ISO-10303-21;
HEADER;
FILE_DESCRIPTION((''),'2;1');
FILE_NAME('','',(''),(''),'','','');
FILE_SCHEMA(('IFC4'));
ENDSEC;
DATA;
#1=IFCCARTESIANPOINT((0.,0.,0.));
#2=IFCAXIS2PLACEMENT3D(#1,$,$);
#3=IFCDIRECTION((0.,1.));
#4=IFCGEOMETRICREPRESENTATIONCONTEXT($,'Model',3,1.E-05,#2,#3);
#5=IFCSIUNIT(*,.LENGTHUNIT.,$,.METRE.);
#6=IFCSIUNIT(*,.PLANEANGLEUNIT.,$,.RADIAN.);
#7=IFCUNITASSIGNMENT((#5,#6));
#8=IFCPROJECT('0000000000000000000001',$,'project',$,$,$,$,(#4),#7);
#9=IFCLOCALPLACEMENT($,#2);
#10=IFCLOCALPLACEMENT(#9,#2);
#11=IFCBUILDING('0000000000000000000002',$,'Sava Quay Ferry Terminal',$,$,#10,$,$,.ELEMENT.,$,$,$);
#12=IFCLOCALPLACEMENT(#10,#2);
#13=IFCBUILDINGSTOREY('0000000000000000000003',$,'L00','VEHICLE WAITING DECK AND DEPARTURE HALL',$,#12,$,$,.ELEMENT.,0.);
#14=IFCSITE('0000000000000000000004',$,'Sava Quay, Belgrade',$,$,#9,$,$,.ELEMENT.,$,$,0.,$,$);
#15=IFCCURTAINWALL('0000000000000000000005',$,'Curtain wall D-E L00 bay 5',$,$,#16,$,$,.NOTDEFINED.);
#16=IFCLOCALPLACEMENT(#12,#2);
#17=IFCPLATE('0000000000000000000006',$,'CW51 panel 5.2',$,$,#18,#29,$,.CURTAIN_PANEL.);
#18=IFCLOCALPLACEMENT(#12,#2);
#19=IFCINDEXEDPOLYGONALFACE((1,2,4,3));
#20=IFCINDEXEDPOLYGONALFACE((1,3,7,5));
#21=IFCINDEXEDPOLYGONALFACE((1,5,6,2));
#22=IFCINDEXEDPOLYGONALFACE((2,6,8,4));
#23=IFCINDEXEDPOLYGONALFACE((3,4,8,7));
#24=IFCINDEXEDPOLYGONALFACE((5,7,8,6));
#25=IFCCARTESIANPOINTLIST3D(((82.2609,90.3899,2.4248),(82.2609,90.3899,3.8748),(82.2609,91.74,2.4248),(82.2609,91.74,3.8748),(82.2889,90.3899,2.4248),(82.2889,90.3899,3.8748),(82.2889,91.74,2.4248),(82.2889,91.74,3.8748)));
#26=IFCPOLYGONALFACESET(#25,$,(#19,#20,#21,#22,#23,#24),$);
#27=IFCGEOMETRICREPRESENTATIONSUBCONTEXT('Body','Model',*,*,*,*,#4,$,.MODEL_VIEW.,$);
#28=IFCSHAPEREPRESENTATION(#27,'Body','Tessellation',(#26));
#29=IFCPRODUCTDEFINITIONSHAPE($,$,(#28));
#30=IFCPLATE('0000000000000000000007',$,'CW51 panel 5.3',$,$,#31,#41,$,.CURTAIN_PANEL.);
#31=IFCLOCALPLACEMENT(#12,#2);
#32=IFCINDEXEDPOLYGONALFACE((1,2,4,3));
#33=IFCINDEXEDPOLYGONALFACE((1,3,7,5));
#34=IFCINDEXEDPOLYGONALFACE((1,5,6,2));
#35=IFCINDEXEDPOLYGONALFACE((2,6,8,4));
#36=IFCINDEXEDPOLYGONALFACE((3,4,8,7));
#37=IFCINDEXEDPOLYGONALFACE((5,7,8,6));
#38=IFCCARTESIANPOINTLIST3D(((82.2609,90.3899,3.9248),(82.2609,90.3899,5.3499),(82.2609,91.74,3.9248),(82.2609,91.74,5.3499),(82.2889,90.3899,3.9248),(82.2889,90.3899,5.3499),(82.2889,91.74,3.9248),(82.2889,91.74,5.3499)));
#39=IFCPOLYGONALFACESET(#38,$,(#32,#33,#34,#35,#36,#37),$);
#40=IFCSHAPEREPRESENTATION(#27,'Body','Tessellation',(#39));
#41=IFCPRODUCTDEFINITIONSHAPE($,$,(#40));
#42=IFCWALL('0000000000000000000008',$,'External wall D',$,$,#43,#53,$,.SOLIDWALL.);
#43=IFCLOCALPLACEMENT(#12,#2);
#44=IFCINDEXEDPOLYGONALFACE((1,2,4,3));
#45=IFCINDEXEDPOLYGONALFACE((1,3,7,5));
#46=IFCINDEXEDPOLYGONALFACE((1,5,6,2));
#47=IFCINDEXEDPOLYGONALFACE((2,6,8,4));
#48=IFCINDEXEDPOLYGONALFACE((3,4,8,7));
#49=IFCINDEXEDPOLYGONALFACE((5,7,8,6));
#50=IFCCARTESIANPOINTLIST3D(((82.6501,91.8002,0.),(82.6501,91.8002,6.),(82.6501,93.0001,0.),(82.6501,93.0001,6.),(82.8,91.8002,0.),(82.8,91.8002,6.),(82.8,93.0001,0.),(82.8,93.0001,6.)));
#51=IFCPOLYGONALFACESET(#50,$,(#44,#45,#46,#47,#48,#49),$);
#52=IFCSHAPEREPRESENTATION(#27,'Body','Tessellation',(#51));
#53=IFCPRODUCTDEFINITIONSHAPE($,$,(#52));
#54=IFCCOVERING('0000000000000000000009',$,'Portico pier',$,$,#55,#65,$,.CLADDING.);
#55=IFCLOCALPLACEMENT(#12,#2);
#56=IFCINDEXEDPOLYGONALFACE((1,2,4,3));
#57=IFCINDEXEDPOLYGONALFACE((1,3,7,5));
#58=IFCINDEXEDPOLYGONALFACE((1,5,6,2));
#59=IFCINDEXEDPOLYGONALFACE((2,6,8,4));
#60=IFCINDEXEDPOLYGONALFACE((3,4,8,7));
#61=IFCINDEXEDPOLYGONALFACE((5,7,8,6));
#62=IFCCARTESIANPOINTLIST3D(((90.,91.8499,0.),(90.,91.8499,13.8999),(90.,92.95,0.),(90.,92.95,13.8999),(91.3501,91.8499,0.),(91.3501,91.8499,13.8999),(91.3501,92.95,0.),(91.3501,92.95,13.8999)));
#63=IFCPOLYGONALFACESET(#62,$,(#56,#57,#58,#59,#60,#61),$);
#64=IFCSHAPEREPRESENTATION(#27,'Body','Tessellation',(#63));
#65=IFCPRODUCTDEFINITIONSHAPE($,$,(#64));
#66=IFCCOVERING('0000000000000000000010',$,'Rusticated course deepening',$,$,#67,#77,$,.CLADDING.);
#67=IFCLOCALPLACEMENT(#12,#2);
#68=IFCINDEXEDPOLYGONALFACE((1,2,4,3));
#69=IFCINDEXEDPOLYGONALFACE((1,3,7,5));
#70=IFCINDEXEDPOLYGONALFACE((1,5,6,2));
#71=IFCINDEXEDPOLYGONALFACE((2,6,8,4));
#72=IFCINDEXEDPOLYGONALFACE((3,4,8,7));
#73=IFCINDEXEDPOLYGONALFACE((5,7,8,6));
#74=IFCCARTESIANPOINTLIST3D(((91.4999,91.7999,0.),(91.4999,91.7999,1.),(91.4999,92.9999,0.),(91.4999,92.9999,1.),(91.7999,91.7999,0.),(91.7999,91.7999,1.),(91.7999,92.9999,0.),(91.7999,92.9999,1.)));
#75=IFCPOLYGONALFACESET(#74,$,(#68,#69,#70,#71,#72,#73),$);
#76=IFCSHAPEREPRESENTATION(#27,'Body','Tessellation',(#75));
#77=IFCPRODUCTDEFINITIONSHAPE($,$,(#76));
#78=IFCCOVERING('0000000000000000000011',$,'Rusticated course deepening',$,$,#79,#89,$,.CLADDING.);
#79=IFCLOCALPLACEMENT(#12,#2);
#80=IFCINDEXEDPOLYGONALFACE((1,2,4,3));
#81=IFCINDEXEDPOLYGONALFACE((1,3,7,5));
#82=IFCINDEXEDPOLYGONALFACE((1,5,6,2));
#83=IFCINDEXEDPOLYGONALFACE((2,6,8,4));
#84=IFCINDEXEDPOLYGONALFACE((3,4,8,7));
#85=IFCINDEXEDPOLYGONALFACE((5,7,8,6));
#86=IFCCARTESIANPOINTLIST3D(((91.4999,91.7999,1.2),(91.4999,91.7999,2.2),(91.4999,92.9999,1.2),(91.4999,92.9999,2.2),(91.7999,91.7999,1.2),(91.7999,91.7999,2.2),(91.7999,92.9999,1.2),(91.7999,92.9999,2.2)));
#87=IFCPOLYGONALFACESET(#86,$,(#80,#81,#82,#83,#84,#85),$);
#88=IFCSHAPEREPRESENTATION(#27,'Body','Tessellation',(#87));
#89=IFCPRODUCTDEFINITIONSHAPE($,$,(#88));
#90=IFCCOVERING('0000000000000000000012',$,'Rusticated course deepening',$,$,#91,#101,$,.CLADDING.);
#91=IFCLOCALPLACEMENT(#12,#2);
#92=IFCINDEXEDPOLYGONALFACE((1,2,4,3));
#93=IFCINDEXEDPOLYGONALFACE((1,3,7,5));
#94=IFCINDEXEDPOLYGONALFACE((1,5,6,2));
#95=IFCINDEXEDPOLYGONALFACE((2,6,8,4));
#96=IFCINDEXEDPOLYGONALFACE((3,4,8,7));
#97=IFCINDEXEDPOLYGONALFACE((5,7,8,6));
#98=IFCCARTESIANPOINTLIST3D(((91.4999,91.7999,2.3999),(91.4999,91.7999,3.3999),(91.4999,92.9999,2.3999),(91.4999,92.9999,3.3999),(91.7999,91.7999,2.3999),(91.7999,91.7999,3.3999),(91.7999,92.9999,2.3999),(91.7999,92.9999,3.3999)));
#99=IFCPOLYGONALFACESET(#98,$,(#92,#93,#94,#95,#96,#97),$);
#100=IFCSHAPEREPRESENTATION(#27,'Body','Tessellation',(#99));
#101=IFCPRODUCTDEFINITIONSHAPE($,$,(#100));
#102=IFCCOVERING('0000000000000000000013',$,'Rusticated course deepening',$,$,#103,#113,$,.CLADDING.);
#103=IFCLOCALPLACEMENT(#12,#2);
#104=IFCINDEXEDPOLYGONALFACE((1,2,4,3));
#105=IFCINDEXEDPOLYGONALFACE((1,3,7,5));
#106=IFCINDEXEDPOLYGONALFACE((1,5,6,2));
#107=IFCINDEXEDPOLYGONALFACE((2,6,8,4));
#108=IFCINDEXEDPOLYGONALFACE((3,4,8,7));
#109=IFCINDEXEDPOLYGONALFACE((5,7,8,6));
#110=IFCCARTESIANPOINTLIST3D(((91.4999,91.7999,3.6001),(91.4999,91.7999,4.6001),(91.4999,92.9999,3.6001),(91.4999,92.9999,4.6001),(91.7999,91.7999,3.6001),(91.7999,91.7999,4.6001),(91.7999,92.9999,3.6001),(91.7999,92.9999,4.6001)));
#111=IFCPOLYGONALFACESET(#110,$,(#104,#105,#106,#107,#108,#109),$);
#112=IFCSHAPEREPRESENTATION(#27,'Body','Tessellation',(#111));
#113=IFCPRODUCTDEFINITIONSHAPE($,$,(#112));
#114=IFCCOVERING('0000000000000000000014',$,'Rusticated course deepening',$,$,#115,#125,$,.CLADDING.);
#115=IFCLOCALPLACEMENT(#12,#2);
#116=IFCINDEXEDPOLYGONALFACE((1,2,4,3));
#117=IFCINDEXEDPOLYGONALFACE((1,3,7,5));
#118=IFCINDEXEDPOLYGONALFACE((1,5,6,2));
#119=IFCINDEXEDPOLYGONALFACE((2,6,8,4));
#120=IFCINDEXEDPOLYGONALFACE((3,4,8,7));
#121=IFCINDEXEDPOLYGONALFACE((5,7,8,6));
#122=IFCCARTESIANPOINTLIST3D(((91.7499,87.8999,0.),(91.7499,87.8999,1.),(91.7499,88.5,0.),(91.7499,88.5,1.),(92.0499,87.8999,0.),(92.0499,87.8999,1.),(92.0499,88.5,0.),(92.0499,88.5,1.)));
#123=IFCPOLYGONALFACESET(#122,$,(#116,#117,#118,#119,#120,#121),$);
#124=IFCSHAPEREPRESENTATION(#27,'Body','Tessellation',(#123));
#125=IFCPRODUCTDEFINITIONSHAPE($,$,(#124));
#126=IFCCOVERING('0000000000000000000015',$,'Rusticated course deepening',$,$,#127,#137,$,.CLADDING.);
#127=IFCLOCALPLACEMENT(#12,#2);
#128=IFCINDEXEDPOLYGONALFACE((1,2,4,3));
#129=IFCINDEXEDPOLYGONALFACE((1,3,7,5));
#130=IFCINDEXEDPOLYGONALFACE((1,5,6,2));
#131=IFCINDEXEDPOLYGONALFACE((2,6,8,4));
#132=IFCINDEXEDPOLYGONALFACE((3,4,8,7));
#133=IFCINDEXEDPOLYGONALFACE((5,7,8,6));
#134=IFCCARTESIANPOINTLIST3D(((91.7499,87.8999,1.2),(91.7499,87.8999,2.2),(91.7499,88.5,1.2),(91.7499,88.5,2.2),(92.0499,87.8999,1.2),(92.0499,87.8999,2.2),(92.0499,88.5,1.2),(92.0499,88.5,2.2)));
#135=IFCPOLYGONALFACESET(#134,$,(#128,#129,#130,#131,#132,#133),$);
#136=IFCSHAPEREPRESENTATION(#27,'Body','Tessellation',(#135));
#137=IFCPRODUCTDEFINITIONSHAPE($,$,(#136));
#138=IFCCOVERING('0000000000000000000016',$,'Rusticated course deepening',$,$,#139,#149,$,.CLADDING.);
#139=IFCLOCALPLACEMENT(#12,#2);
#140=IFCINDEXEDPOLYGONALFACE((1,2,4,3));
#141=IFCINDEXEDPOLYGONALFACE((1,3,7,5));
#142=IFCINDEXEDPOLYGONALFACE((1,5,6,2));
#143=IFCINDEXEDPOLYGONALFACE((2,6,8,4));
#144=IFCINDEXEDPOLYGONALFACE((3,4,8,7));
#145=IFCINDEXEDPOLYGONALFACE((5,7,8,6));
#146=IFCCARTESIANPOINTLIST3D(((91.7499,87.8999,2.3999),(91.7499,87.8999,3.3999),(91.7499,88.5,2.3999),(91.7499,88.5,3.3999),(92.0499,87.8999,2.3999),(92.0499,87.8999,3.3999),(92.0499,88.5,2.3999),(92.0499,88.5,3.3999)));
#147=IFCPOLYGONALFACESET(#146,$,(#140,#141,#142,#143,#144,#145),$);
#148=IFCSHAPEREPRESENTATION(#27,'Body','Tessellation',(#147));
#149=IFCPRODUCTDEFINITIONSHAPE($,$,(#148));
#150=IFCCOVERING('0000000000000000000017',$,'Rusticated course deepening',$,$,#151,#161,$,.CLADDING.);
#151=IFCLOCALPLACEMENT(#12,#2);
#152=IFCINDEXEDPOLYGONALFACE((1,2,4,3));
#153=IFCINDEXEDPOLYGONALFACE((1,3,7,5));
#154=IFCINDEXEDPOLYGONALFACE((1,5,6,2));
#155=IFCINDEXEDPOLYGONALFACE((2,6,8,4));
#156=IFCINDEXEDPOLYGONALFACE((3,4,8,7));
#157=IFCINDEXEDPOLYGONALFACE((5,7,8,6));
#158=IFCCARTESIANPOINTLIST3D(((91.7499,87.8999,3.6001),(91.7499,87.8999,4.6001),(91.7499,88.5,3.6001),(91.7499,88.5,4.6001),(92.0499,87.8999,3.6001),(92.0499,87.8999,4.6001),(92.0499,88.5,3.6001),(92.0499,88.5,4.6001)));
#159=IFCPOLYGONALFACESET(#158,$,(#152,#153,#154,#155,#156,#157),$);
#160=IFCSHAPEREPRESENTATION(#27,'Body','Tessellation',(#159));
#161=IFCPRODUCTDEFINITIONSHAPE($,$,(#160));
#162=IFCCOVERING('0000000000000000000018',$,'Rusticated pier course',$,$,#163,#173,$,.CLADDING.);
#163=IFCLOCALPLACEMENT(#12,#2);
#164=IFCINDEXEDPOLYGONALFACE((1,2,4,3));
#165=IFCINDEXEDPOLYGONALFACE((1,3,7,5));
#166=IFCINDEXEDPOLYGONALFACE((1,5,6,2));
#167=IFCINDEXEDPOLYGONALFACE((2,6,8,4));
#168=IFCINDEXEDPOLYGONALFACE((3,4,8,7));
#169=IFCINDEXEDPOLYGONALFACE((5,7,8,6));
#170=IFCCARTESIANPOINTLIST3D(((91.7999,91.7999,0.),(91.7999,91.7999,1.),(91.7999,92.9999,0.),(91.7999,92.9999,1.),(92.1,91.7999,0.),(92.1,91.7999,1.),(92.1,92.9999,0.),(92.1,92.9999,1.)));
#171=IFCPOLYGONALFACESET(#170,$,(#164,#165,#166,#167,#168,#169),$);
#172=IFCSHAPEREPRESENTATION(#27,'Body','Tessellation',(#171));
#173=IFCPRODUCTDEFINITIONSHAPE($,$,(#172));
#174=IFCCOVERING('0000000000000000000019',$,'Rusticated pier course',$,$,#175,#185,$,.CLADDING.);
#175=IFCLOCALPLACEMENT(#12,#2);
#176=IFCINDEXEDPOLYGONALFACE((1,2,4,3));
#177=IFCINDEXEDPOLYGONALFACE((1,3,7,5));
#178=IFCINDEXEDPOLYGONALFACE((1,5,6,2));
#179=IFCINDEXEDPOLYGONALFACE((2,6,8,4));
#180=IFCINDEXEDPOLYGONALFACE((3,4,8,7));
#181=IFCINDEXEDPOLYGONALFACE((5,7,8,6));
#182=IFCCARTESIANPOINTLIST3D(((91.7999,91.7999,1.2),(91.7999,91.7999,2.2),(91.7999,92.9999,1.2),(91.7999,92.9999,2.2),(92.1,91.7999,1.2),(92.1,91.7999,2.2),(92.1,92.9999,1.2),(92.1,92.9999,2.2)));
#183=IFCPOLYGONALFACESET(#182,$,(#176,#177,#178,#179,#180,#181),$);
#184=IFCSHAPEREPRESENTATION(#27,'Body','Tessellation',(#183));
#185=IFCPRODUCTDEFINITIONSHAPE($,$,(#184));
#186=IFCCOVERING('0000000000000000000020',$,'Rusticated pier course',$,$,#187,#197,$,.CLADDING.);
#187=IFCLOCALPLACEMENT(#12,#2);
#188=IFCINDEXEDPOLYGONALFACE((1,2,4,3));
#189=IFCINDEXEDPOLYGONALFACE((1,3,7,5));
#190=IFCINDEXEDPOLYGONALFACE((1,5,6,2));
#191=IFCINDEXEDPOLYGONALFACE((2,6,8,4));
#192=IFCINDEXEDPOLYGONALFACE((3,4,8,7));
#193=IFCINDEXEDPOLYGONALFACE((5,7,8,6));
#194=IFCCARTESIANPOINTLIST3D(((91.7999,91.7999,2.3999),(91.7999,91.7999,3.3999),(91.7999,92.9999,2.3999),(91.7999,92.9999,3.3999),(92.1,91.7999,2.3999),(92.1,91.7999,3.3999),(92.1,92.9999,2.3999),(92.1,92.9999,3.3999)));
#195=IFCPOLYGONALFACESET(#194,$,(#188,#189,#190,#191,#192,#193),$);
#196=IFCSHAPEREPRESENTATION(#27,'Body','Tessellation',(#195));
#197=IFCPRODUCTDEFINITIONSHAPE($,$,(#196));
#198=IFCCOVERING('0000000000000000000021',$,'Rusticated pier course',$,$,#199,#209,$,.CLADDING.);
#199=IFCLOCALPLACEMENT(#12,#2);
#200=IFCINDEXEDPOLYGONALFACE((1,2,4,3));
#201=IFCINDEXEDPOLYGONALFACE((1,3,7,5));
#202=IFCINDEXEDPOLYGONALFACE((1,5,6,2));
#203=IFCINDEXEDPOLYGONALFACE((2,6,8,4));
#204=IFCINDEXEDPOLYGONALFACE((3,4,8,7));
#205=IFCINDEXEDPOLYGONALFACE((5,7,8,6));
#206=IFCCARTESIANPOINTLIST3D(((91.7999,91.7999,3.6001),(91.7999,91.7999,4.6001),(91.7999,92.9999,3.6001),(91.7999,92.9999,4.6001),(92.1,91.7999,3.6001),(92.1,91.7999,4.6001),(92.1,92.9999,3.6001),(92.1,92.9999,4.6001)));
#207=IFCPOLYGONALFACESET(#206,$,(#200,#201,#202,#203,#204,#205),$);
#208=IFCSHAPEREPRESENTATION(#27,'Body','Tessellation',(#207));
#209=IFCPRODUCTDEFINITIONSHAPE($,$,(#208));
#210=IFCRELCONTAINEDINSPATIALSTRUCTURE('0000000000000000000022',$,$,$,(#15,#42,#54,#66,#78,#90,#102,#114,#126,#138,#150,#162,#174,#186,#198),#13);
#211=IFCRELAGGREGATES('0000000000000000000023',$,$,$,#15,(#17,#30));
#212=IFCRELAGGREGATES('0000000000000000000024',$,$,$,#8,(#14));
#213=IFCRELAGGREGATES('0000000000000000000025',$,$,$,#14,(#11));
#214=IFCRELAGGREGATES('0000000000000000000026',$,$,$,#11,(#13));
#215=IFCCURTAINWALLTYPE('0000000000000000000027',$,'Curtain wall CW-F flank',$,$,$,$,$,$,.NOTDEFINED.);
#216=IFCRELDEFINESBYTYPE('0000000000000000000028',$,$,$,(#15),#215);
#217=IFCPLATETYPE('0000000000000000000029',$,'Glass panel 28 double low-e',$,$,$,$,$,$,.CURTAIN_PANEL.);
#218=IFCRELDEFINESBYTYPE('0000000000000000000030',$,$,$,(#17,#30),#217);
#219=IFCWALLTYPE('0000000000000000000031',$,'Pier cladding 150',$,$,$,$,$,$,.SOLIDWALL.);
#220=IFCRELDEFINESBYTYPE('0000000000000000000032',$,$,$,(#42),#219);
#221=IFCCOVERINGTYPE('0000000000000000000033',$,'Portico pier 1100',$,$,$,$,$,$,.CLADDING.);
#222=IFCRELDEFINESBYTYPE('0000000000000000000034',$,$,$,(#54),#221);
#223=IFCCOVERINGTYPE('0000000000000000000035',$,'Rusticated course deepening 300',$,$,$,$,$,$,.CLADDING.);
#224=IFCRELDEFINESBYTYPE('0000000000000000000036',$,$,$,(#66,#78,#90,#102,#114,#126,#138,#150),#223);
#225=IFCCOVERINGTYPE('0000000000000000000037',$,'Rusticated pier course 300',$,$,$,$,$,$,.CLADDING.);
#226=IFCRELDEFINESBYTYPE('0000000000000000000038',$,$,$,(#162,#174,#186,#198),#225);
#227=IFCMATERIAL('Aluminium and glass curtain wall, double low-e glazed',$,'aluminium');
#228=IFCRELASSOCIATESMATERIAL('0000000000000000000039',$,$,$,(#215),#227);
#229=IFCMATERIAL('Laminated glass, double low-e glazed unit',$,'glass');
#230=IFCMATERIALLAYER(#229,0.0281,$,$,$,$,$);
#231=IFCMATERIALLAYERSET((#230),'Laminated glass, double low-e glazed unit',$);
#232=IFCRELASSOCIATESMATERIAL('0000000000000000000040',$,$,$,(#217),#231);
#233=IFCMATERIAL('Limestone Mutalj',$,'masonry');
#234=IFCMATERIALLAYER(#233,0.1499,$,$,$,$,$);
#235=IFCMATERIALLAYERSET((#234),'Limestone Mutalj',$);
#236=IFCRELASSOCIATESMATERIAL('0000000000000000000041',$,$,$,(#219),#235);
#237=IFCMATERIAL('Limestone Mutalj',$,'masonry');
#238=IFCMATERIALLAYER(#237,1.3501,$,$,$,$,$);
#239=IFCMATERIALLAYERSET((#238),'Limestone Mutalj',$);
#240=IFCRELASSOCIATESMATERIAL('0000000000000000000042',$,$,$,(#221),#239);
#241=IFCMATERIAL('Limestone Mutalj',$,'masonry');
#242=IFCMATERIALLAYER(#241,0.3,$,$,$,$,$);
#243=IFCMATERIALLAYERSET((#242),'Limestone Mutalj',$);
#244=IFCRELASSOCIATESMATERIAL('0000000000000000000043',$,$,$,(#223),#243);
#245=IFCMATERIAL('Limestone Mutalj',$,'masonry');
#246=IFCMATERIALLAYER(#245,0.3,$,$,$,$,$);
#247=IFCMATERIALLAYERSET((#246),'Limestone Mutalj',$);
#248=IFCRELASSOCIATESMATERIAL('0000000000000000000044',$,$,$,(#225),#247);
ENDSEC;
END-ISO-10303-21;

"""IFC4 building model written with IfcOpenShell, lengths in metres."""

from ifc_helpers import new_model, si_unit, direction, frame, frame_2d, origin, origin_2d, place, context, subcontext, project, spatial, rectangle, extrude, material, layer, layer_set, type_object, element, aggregate, save


model = new_model("IFC4")

# Units and contexts
model_context = context("Model", 3, precision=1e-05, world=origin(), true_north=direction((0.0, 1.0)))
body_context = subcontext(model_context, "Body", "Model", "MODEL_VIEW")
ifc_project = project(units=[si_unit("LENGTHUNIT", "METRE"), si_unit("PLANEANGLEUNIT", "RADIAN")], contexts=[model_context])

# Site, building, storey
site_placement = place(None, origin())
site = spatial("IfcSite", under=ifc_project, at=site_placement, Name="Sava Quay, Belgrade", CompositionType="ELEMENT", RefElevation=0.0)
building_placement = place(site_placement, origin())
building = spatial("IfcBuilding", under=site, at=building_placement, Name="Sava Quay Ferry Terminal", CompositionType="ELEMENT")
storey_placement = place(building_placement, origin())
storey = spatial("IfcBuildingStorey", under=building, at=storey_placement, Name="L00", Description="VEHICLE WAITING DECK AND DEPARTURE HALL", CompositionType="ELEMENT", Elevation=0.0)

# Curtain wall
ifc_material_1 = material(Name="Aluminium and glass curtain wall, double low-e glazed", Category="aluminium")
curtain_wall_type = type_object("IfcCurtainWallType", Name="Curtain wall CW-F flank", PredefinedType="NOTDEFINED", material=ifc_material_1)
curtain_wall_placement = place(storey_placement, origin())
curtain_wall = element("IfcCurtainWall", 1, at=curtain_wall_placement, inside=storey, type_object=curtain_wall_type, Name="Curtain wall D-E L00 bay 5", PredefinedType="NOTDEFINED")

# Plates
ifc_material_2 = material(Name="Laminated glass, double low-e glazed unit", Category="glass")
ifc_layer_1 = layer(ifc_material_2, 0.0281)
ifc_layer_set_1 = layer_set([ifc_layer_1], Name="Laminated glass, double low-e glazed unit")
plate_type = type_object("IfcPlateType", Name="Glass panel 28 double low-e", PredefinedType="CURTAIN_PANEL", material=ifc_layer_set_1)
plate_1_placement = place(storey_placement, frame((82.2749, 91.0649, 2.4248), z_axis=(0.0, 0.0, 1.0), x_axis=(0.0, 1.0, 0.0)))
plate_1 = element("IfcPlate", 2, at=plate_1_placement, type_object=plate_type, Name="CW51 panel 5.2", PredefinedType="CURTAIN_PANEL", context=body_context, shape_type="SweptSolid", body=[
    extrude(rectangle(XDim=1.3501, YDim=0.0281, at=origin_2d()), origin(), (0.0, 0.0, 1.0), 1.45),
])
plate_2_placement = place(storey_placement, frame((82.2749, 91.0649, 3.9248), z_axis=(0.0, 0.0, 1.0), x_axis=(0.0, 1.0, 0.0)))
plate_2 = element("IfcPlate", 3, at=plate_2_placement, type_object=plate_type, Name="CW51 panel 5.3", PredefinedType="CURTAIN_PANEL", context=body_context, shape_type="SweptSolid", body=[
    extrude(rectangle(XDim=1.3501, YDim=0.0281, at=origin_2d()), origin(), (0.0, 0.0, 1.0), 1.425),
])
aggregate(curtain_wall, [plate_1, plate_2])

# Wall
ifc_material_3 = material(Name="Limestone Mutalj", Category="masonry")
ifc_layer_2 = layer(ifc_material_3, 0.1499)
ifc_layer_set_2 = layer_set([ifc_layer_2], Name="Limestone Mutalj")
wall_type = type_object("IfcWallType", Name="Pier cladding 150", PredefinedType="SOLIDWALL", material=ifc_layer_set_2)
wall_placement = place(storey_placement, frame((82.7251, 91.8, 0.0), z_axis=(0.0, 0.0, 1.0), x_axis=(0.0, 1.0, 0.0)))
element("IfcWall", 4, at=wall_placement, inside=storey, type_object=wall_type, Name="External wall D", PredefinedType="SOLIDWALL", context=body_context, shape_type="SweptSolid", body=[
    extrude(rectangle(XDim=1.2, YDim=0.1499, at=frame_2d((0.6001, 0.0))), origin(), (0.0, 0.0, 1.0), 6.0),
])

# Coverings
ifc_material_4 = material(Name="Limestone Mutalj", Category="masonry")
ifc_layer_3 = layer(ifc_material_4, 1.3501)
ifc_layer_set_3 = layer_set([ifc_layer_3], Name="Limestone Mutalj")
covering_type_1 = type_object("IfcCoveringType", Name="Portico pier 1100", PredefinedType="CLADDING", material=ifc_layer_set_3)
covering_placement = place(storey_placement, frame((90.675, 92.3999, 0.0), z_axis=(0.0, 0.0, 1.0), x_axis=(1.0, 0.0, 0.0)))
element("IfcCovering", 5, at=covering_placement, inside=storey, type_object=covering_type_1, Name="Portico pier", PredefinedType="CLADDING", context=body_context, shape_type="SweptSolid", body=[
    extrude(rectangle(XDim=1.3501, YDim=1.1001, at=origin_2d()), origin(), (0.0, 0.0, 1.0), 13.8999),
])
ifc_material_5 = material(Name="Limestone Mutalj", Category="masonry")
ifc_layer_4 = layer(ifc_material_5, 0.3)
ifc_layer_set_4 = layer_set([ifc_layer_4], Name="Limestone Mutalj")
covering_type_2 = type_object("IfcCoveringType", Name="Rusticated course deepening 300", PredefinedType="CLADDING", material=ifc_layer_set_4)
for number, where, z_axis, x_axis, name in (
    (6, (91.6499, 92.3999, 0.0), (0.0, 0.0, 1.0), (1.0, 0.0, 0.0), "Rusticated course deepening"),
    (7, (91.6499, 92.3999, 1.2), (0.0, 0.0, 1.0), (1.0, 0.0, 0.0), "Rusticated course deepening"),
    (8, (91.6499, 92.3999, 2.3999), (0.0, 0.0, 1.0), (1.0, 0.0, 0.0), "Rusticated course deepening"),
    (9, (91.6499, 92.3999, 3.6001), (0.0, 0.0, 1.0), (1.0, 0.0, 0.0), "Rusticated course deepening"),
):
    element("IfcCovering", number, at=place(storey_placement, frame(where, z_axis=z_axis, x_axis=x_axis)), inside=storey, type_object=covering_type_2, Name=name, PredefinedType="CLADDING", context=body_context, shape_type="SweptSolid", body=[
        extrude(rectangle(XDim=0.3, YDim=1.2, at=origin_2d()), origin(), (0.0, 0.0, 1.0), 1.0),
    ])
for number, where, z_axis, x_axis, name in (
    (10, (91.8999, 88.2, 0.0), (0.0, 0.0, 1.0), (1.0, 0.0, 0.0), "Rusticated course deepening"),
    (11, (91.8999, 88.2, 1.2), (0.0, 0.0, 1.0), (1.0, 0.0, 0.0), "Rusticated course deepening"),
    (12, (91.8999, 88.2, 2.3999), (0.0, 0.0, 1.0), (1.0, 0.0, 0.0), "Rusticated course deepening"),
    (13, (91.8999, 88.2, 3.6001), (0.0, 0.0, 1.0), (1.0, 0.0, 0.0), "Rusticated course deepening"),
):
    element("IfcCovering", number, at=place(storey_placement, frame(where, z_axis=z_axis, x_axis=x_axis)), inside=storey, type_object=covering_type_2, Name=name, PredefinedType="CLADDING", context=body_context, shape_type="SweptSolid", body=[
        extrude(rectangle(XDim=0.3, YDim=0.6001, at=origin_2d()), origin(), (0.0, 0.0, 1.0), 1.0),
    ])
ifc_material_6 = material(Name="Limestone Mutalj", Category="masonry")
ifc_layer_5 = layer(ifc_material_6, 0.3)
ifc_layer_set_5 = layer_set([ifc_layer_5], Name="Limestone Mutalj")
covering_type_3 = type_object("IfcCoveringType", Name="Rusticated pier course 300", PredefinedType="CLADDING", material=ifc_layer_set_5)
for number, where, z_axis, x_axis, name in (
    (14, (91.95, 92.3999, 0.0), (0.0, 0.0, 1.0), (1.0, 0.0, 0.0), "Rusticated pier course"),
    (15, (91.95, 92.3999, 1.2), (0.0, 0.0, 1.0), (1.0, 0.0, 0.0), "Rusticated pier course"),
    (16, (91.95, 92.3999, 2.3999), (0.0, 0.0, 1.0), (1.0, 0.0, 0.0), "Rusticated pier course"),
    (17, (91.95, 92.3999, 3.6001), (0.0, 0.0, 1.0), (1.0, 0.0, 0.0), "Rusticated pier course"),
):
    element("IfcCovering", number, at=place(storey_placement, frame(where, z_axis=z_axis, x_axis=x_axis)), inside=storey, type_object=covering_type_3, Name=name, PredefinedType="CLADDING", context=body_context, shape_type="SweptSolid", body=[
        extrude(rectangle(XDim=0.3, YDim=1.2, at=origin_2d()), origin(), (0.0, 0.0, 1.0), 1.0),
    ])

save(model, "model.ifc")
